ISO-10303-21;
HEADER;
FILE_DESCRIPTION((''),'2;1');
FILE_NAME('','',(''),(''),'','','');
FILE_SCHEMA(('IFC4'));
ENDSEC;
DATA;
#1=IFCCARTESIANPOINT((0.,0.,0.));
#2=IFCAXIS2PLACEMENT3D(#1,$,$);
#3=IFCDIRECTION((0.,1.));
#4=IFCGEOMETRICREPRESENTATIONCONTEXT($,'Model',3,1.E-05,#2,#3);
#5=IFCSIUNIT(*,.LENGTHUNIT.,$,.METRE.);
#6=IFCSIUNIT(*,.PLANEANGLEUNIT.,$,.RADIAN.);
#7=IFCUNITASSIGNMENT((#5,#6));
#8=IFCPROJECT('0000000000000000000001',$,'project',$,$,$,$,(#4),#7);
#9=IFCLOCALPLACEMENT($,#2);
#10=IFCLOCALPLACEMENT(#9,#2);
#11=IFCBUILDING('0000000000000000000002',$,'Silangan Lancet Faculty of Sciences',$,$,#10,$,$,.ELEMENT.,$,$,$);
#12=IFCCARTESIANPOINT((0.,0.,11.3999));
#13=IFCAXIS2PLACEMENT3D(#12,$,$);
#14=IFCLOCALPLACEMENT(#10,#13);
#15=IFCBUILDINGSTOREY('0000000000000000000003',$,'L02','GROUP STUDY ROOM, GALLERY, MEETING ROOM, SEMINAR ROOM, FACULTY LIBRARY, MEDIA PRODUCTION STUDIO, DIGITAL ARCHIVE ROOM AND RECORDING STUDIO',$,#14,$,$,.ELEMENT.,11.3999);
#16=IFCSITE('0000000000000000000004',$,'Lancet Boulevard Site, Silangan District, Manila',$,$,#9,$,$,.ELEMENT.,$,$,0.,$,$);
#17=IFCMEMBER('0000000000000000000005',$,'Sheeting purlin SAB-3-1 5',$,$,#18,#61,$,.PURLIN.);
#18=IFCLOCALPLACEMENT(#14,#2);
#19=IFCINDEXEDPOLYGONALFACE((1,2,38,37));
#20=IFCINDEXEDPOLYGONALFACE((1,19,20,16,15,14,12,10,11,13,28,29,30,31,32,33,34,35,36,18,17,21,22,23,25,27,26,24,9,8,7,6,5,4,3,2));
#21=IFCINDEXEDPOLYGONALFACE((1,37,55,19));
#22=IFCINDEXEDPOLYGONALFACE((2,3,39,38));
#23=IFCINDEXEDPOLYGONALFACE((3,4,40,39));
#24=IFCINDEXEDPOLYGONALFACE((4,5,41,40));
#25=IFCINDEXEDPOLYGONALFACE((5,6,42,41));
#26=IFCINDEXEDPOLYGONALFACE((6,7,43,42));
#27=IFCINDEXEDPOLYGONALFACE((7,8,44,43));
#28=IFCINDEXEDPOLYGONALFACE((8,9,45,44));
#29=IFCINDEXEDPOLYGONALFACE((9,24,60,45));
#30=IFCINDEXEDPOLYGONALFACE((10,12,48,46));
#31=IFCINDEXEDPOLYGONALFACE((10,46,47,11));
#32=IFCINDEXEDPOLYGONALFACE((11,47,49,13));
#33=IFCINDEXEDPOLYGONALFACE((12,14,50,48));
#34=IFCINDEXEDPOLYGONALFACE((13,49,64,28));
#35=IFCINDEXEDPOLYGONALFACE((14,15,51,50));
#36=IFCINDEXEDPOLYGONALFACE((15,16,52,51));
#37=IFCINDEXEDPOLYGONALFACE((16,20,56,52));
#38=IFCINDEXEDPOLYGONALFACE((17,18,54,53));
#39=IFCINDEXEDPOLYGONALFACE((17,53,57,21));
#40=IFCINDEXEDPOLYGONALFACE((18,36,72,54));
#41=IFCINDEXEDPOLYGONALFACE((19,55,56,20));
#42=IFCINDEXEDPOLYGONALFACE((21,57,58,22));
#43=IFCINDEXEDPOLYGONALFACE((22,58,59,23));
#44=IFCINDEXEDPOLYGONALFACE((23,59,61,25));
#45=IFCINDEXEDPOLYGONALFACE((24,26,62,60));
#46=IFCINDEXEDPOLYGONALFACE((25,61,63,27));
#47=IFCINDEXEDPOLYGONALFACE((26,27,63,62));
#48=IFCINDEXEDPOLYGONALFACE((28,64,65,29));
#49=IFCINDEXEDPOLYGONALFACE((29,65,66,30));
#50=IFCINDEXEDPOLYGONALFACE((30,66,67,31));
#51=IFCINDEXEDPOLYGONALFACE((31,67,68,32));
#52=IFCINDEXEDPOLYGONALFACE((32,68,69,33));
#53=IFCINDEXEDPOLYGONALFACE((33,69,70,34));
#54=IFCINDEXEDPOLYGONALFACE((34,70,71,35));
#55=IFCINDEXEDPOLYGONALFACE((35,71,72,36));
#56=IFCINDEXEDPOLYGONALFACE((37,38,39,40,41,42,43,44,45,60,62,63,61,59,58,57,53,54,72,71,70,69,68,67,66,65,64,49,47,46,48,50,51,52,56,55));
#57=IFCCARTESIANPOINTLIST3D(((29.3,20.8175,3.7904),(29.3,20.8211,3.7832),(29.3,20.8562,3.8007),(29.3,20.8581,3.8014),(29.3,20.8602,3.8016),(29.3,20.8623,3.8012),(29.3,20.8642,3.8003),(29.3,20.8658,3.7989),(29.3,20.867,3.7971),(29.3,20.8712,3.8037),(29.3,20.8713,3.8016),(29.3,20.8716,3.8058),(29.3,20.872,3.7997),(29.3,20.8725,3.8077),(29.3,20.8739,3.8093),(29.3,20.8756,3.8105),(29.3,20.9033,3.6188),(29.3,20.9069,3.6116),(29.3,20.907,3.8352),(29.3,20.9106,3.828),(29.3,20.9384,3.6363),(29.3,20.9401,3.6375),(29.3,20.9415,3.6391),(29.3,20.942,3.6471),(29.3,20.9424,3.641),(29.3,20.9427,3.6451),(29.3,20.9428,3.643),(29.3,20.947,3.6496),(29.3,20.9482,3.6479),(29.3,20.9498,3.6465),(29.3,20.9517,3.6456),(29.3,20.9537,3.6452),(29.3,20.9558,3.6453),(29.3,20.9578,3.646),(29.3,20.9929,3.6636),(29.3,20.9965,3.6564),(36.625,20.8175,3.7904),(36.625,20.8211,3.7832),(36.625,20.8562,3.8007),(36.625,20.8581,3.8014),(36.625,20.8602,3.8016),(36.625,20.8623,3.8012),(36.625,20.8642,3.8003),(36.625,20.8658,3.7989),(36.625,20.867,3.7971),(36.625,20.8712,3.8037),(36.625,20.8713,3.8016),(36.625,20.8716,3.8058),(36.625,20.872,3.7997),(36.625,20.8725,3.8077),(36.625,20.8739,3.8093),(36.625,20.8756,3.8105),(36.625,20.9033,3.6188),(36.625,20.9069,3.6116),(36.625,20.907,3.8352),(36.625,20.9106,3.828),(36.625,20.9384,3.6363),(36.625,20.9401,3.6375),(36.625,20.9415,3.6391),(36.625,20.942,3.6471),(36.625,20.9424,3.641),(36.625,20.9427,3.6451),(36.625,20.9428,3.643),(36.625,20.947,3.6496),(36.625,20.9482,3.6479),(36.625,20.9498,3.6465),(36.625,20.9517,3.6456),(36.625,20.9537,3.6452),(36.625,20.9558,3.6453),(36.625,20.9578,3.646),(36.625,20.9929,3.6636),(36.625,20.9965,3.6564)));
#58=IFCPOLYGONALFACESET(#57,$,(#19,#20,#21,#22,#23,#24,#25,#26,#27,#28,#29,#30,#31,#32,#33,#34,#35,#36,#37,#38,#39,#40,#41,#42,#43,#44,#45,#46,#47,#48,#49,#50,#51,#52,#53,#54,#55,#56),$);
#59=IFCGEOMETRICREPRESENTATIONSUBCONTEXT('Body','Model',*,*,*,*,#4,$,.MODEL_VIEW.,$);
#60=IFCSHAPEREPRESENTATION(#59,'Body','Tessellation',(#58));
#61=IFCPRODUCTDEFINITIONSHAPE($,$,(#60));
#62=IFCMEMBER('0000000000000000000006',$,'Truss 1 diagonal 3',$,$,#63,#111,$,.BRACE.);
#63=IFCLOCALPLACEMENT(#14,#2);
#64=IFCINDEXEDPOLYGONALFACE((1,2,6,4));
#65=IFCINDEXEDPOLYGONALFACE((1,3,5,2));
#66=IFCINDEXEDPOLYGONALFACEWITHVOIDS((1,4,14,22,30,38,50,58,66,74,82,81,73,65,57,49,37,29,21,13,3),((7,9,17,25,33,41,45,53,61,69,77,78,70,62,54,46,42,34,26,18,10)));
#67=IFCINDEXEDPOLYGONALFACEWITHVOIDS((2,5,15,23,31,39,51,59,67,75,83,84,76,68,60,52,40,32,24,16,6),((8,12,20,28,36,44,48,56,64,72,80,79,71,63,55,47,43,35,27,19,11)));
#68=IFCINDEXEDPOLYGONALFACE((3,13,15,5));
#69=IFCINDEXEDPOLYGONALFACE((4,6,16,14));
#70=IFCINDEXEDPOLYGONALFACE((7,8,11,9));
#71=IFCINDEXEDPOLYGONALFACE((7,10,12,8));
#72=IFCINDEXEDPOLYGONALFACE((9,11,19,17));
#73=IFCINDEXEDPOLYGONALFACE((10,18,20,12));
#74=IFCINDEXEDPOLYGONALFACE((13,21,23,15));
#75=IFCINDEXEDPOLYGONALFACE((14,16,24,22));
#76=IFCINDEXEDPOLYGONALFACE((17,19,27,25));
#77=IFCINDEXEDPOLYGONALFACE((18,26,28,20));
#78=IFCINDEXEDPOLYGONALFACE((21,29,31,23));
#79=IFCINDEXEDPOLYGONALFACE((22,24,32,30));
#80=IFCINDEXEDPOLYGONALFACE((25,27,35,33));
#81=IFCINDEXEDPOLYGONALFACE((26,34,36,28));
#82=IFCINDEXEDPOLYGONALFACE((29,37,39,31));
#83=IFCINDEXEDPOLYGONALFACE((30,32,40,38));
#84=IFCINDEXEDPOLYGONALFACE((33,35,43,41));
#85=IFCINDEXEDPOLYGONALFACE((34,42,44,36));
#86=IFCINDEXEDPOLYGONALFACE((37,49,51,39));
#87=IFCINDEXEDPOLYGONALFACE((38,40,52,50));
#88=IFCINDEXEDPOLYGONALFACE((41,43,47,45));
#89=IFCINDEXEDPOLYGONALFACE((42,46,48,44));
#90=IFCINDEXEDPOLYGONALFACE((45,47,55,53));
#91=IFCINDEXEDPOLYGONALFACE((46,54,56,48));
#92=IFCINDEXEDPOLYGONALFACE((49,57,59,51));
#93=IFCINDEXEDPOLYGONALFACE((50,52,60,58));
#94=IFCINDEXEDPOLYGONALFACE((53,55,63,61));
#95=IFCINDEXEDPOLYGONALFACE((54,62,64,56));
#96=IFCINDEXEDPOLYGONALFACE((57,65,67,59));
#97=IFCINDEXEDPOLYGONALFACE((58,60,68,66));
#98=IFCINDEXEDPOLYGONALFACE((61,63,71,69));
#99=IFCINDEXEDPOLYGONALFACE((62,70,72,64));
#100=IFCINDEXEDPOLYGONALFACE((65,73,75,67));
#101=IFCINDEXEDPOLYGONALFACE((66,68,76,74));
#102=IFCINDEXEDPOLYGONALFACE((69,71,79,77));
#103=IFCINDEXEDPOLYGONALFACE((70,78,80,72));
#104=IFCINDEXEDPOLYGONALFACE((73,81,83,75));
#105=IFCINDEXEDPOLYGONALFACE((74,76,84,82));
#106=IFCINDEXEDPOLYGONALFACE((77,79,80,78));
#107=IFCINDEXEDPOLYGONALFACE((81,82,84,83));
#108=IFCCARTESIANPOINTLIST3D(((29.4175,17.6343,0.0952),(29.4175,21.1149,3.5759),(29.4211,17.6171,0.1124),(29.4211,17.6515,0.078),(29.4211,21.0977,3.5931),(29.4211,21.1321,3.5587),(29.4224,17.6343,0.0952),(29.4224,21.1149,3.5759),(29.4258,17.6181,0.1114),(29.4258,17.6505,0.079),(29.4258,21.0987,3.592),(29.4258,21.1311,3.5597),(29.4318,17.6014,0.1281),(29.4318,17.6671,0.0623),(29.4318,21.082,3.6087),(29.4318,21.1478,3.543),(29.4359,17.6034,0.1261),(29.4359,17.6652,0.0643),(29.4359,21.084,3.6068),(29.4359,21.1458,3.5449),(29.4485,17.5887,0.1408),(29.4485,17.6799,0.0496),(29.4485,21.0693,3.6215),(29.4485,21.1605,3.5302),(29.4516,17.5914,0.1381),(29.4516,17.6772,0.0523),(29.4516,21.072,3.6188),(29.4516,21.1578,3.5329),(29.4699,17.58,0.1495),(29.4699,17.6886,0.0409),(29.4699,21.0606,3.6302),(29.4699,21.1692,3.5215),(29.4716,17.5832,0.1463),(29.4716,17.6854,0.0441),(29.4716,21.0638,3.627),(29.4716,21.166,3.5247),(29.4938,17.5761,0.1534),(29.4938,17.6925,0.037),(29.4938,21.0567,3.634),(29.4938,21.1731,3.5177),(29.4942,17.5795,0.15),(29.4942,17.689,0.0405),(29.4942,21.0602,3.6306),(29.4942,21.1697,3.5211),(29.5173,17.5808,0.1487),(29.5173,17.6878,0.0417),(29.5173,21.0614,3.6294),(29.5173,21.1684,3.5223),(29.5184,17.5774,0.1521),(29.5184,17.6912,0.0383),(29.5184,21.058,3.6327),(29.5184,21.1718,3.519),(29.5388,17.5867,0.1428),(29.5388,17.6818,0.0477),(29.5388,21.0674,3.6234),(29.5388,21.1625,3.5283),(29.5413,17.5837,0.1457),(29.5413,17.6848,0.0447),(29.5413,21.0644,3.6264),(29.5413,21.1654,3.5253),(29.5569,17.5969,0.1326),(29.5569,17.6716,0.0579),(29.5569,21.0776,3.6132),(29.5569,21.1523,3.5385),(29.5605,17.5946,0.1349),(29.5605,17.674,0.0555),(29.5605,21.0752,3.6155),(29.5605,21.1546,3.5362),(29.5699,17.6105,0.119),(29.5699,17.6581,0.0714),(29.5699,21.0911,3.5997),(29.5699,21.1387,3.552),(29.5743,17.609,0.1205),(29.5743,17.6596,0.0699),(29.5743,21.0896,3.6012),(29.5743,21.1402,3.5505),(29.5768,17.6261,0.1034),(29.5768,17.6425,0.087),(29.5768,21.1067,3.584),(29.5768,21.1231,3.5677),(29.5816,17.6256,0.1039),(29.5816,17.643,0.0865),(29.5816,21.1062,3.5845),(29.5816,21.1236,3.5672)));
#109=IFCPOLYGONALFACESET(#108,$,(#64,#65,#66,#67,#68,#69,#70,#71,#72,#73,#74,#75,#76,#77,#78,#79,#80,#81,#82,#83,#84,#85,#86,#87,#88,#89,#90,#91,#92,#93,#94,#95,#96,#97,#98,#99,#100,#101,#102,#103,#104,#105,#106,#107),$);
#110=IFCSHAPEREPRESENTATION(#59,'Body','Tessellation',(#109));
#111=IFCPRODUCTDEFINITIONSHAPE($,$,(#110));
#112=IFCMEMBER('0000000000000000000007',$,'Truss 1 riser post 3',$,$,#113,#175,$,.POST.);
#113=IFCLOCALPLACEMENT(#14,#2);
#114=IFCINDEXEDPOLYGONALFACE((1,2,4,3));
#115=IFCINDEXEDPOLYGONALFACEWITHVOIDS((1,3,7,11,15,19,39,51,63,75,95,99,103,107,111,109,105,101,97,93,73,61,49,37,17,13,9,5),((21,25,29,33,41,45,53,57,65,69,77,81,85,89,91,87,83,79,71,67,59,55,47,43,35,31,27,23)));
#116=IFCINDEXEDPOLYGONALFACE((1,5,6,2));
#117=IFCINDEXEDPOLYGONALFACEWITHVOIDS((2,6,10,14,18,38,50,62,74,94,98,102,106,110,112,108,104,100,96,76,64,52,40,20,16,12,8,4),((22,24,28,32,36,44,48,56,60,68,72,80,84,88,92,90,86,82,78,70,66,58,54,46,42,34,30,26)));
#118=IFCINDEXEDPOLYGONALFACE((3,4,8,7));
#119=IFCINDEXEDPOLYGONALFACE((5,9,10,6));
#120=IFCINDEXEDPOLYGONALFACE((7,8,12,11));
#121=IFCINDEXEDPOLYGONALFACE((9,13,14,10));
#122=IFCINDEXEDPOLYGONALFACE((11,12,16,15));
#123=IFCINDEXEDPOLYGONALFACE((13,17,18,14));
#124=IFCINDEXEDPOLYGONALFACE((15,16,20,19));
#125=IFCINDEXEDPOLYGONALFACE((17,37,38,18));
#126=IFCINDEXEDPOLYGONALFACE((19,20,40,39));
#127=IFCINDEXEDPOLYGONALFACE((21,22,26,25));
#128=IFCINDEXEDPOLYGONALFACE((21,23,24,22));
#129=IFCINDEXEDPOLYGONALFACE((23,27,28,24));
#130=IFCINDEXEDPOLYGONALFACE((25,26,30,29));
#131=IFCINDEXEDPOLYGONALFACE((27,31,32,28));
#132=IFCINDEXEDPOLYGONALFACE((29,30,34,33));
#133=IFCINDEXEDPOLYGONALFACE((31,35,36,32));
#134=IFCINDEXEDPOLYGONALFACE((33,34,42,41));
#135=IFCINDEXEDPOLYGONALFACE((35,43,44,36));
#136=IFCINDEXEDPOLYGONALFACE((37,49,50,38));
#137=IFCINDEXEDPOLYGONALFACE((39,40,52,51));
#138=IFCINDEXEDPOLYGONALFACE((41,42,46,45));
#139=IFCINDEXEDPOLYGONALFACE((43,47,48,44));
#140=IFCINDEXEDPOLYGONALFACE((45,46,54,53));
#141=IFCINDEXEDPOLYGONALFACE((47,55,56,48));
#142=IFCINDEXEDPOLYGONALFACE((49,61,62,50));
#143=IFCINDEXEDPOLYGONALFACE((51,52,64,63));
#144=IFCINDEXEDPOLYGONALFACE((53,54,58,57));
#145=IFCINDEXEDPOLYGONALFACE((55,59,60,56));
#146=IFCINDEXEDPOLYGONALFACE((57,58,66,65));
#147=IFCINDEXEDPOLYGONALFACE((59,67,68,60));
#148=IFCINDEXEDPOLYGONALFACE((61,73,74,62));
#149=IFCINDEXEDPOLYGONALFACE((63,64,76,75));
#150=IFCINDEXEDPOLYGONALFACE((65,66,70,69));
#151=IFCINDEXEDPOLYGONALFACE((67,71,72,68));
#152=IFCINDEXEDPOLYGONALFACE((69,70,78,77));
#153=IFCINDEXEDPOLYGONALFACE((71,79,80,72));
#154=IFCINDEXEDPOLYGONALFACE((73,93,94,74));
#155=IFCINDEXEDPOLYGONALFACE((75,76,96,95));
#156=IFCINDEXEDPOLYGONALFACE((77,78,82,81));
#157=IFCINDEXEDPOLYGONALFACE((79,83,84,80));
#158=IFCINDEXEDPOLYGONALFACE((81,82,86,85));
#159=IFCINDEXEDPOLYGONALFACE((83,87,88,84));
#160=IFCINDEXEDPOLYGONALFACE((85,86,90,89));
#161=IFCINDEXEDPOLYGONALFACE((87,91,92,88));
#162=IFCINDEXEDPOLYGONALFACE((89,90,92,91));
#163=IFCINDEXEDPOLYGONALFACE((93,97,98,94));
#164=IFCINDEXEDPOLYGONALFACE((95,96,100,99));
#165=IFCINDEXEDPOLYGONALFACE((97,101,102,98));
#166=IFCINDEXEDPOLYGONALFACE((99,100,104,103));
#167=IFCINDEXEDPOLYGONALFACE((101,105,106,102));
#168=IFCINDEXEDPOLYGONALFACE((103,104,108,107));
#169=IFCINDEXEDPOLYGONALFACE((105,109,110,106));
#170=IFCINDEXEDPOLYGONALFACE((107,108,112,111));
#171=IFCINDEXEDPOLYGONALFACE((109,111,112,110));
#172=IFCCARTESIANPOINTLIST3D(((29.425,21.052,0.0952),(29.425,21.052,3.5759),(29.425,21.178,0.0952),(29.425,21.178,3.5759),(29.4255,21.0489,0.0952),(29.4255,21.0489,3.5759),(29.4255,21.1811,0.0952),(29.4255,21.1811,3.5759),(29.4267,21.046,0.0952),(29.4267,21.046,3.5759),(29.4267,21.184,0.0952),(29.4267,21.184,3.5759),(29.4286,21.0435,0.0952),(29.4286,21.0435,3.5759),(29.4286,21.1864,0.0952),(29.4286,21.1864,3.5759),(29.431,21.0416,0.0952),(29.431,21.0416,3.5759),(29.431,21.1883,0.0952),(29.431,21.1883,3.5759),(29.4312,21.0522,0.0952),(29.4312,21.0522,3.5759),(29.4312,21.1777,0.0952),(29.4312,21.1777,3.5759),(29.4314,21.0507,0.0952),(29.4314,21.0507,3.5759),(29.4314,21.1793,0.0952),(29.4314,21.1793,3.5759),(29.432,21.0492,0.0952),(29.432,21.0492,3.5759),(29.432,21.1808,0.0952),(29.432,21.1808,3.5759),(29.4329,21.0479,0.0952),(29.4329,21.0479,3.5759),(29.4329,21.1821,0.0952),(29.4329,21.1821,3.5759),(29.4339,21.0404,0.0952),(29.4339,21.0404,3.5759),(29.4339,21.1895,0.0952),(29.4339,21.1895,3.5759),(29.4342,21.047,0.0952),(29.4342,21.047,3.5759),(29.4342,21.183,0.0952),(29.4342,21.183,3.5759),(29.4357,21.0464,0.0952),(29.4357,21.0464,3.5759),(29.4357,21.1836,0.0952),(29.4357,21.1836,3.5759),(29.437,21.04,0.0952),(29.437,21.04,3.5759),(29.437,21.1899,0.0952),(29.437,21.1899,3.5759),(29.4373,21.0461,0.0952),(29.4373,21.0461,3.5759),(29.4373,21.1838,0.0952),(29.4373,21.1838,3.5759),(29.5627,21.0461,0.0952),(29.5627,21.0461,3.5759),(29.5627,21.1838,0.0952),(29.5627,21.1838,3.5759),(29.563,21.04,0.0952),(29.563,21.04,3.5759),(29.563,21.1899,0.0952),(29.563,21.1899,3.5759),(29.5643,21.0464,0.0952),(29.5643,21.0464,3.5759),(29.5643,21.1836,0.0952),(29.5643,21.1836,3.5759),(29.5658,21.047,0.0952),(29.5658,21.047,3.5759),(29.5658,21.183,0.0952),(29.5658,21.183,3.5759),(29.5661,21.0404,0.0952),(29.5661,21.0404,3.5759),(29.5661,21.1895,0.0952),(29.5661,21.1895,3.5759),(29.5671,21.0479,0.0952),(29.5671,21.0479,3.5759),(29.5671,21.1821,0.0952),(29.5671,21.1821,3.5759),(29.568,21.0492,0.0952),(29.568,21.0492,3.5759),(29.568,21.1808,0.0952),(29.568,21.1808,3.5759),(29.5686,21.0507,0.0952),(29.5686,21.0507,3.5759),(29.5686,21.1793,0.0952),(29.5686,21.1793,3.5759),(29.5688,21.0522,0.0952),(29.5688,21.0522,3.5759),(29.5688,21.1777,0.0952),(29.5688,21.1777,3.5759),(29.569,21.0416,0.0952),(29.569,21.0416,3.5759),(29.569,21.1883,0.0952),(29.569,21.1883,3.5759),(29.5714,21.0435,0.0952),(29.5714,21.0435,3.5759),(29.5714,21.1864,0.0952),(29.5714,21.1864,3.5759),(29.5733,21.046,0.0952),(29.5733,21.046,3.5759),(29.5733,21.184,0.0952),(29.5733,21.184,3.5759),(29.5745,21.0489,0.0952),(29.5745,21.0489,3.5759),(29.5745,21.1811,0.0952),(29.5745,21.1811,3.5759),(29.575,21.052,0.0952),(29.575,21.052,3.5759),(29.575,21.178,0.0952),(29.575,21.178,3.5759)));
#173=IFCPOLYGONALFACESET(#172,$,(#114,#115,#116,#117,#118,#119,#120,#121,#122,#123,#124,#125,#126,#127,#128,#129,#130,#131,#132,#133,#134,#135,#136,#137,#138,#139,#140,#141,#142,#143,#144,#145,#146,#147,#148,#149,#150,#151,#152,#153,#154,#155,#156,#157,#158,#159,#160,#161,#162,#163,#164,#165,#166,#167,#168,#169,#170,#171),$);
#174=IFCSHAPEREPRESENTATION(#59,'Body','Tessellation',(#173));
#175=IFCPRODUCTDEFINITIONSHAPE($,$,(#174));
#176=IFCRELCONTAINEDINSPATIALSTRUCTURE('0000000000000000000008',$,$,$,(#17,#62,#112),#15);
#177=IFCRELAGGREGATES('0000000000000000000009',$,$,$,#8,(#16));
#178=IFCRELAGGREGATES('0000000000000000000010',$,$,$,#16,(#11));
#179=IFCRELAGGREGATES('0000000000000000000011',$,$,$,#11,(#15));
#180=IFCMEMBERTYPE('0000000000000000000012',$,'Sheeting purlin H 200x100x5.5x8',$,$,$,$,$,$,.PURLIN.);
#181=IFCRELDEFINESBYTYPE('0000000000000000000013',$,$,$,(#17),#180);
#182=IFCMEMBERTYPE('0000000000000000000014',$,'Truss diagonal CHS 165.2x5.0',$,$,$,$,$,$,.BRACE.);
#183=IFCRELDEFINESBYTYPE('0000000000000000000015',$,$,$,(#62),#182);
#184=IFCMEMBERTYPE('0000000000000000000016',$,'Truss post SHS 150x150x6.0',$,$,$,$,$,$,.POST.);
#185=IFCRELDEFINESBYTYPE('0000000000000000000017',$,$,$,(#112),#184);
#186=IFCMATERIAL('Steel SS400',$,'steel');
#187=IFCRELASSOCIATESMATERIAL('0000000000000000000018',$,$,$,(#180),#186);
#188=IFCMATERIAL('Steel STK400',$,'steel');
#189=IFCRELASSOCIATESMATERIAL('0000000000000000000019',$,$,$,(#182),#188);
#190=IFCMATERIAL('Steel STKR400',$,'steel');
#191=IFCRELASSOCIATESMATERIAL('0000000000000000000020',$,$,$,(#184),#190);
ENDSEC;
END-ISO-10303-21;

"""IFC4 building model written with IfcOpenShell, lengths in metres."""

from ifc_helpers import new_model, si_unit, direction, frame, origin, origin_2d, place, context, subcontext, project, spatial, hollow_rectangle, hollow_circle, i_section, extrude, material, material_profile, profile_set, type_object, element, save


model = new_model("IFC4")

# Units and contexts
model_context = context("Model", 3, precision=1e-05, world=origin(), true_north=direction((0.0, 1.0)))
body_context = subcontext(model_context, "Body", "Model", "MODEL_VIEW")
ifc_project = project(units=[si_unit("LENGTHUNIT", "METRE"), si_unit("PLANEANGLEUNIT", "RADIAN")], contexts=[model_context])

# Site, building, storey
site_placement = place(None, origin())
site = spatial("IfcSite", under=ifc_project, at=site_placement, Name="Lancet Boulevard Site, Silangan District, Manila", CompositionType="ELEMENT", RefElevation=0.0)
building_placement = place(site_placement, origin())
building = spatial("IfcBuilding", under=site, at=building_placement, Name="Silangan Lancet Faculty of Sciences", CompositionType="ELEMENT")
storey_placement = place(building_placement, frame((0.0, 0.0, 11.3999)))
storey = spatial("IfcBuildingStorey", under=building, at=storey_placement, Name="L02", Description="GROUP STUDY ROOM, GALLERY, MEETING ROOM, SEMINAR ROOM, FACULTY LIBRARY, MEDIA PRODUCTION STUDIO, DIGITAL ARCHIVE ROOM AND RECORDING STUDIO", CompositionType="ELEMENT", Elevation=11.3999)

# Members
ifc_material_1 = material(Name="Steel SS400", Category="steel")
ifc_material_profile_1 = material_profile(ifc_material_1, i_section(OverallWidth=0.1001, OverallDepth=0.2, WebThickness=0.0056, FlangeThickness=0.0081, FilletRadius=0.0081, at=origin_2d()), Name="H 200x100x5.5x8")
ifc_profile_set_1 = profile_set([ifc_material_profile_1], Name="Steel SS400")
member_type_1 = type_object("IfcMemberType", Name="Sheeting purlin H 200x100x5.5x8", PredefinedType="PURLIN", material=ifc_profile_set_1)
for number, where, z_axis, x_axis, name in (
    (1, (29.3, 20.907, 3.7234), (1.0, 0.0, 0.0), (0.0, 0.894427, 0.447214), "Sheeting purlin SAB-3-1 5"),
):
    element("IfcMember", number, at=place(storey_placement, frame(where, z_axis=z_axis, x_axis=x_axis)), inside=storey, type_object=member_type_1, Name=name, PredefinedType="PURLIN", context=body_context, shape_type="SweptSolid", body=[
        extrude(i_section(OverallWidth=0.1001, OverallDepth=0.2, WebThickness=0.0056, FlangeThickness=0.0081, FilletRadius=0.0081, at=origin_2d()), origin(), (0.0, 0.0, 1.0), 7.325),
    ])
ifc_material_2 = material(Name="Steel STK400", Category="steel")
ifc_material_profile_2 = material_profile(ifc_material_2, hollow_circle(Radius=0.0825, WallThickness=0.0049, at=origin_2d()), Name="CHS 165.2x5.0")
ifc_profile_set_2 = profile_set([ifc_material_profile_2], Name="Steel STK400")
member_type_2 = type_object("IfcMemberType", Name="Truss diagonal CHS 165.2x5.0", PredefinedType="BRACE", material=ifc_profile_set_2)
member_1_placement = place(storey_placement, frame((29.5, 17.6343, 0.0952), z_axis=(0.0, 0.707107, 0.707107), x_axis=(-1.0, 0.0, 0.0)))
element("IfcMember", 2, at=member_1_placement, inside=storey, type_object=member_type_2, Name="Truss 1 diagonal 3", PredefinedType="BRACE", context=body_context, shape_type="SweptSolid", body=[
    extrude(hollow_circle(Radius=0.0825, WallThickness=0.0049, at=origin_2d()), origin(), (0.0, 0.0, 1.0), 4.9224),
])
ifc_material_3 = material(Name="Steel STKR400", Category="steel")
ifc_material_profile_3 = material_profile(ifc_material_3, hollow_rectangle(XDim=0.1499, YDim=0.1499, WallThickness=0.0061, InnerFilletRadius=0.0061, OuterFilletRadius=0.012, at=origin_2d()), Name="SHS 150x150x6.0")
ifc_profile_set_3 = profile_set([ifc_material_profile_3], Name="Steel STKR400")
member_type_3 = type_object("IfcMemberType", Name="Truss post SHS 150x150x6.0", PredefinedType="POST", material=ifc_profile_set_3)
member_2_placement = place(storey_placement, frame((29.5, 21.115, 0.0952), z_axis=(0.0, 0.0, 1.0), x_axis=(1.0, 0.0, 0.0)))
element("IfcMember", 3, at=member_2_placement, inside=storey, type_object=member_type_3, Name="Truss 1 riser post 3", PredefinedType="POST", context=body_context, shape_type="SweptSolid", body=[
    extrude(hollow_rectangle(XDim=0.1499, YDim=0.1499, WallThickness=0.0061, InnerFilletRadius=0.0061, OuterFilletRadius=0.012, at=origin_2d()), origin(), (0.0, 0.0, 1.0), 3.4807),
])

save(model, "model.ifc")
